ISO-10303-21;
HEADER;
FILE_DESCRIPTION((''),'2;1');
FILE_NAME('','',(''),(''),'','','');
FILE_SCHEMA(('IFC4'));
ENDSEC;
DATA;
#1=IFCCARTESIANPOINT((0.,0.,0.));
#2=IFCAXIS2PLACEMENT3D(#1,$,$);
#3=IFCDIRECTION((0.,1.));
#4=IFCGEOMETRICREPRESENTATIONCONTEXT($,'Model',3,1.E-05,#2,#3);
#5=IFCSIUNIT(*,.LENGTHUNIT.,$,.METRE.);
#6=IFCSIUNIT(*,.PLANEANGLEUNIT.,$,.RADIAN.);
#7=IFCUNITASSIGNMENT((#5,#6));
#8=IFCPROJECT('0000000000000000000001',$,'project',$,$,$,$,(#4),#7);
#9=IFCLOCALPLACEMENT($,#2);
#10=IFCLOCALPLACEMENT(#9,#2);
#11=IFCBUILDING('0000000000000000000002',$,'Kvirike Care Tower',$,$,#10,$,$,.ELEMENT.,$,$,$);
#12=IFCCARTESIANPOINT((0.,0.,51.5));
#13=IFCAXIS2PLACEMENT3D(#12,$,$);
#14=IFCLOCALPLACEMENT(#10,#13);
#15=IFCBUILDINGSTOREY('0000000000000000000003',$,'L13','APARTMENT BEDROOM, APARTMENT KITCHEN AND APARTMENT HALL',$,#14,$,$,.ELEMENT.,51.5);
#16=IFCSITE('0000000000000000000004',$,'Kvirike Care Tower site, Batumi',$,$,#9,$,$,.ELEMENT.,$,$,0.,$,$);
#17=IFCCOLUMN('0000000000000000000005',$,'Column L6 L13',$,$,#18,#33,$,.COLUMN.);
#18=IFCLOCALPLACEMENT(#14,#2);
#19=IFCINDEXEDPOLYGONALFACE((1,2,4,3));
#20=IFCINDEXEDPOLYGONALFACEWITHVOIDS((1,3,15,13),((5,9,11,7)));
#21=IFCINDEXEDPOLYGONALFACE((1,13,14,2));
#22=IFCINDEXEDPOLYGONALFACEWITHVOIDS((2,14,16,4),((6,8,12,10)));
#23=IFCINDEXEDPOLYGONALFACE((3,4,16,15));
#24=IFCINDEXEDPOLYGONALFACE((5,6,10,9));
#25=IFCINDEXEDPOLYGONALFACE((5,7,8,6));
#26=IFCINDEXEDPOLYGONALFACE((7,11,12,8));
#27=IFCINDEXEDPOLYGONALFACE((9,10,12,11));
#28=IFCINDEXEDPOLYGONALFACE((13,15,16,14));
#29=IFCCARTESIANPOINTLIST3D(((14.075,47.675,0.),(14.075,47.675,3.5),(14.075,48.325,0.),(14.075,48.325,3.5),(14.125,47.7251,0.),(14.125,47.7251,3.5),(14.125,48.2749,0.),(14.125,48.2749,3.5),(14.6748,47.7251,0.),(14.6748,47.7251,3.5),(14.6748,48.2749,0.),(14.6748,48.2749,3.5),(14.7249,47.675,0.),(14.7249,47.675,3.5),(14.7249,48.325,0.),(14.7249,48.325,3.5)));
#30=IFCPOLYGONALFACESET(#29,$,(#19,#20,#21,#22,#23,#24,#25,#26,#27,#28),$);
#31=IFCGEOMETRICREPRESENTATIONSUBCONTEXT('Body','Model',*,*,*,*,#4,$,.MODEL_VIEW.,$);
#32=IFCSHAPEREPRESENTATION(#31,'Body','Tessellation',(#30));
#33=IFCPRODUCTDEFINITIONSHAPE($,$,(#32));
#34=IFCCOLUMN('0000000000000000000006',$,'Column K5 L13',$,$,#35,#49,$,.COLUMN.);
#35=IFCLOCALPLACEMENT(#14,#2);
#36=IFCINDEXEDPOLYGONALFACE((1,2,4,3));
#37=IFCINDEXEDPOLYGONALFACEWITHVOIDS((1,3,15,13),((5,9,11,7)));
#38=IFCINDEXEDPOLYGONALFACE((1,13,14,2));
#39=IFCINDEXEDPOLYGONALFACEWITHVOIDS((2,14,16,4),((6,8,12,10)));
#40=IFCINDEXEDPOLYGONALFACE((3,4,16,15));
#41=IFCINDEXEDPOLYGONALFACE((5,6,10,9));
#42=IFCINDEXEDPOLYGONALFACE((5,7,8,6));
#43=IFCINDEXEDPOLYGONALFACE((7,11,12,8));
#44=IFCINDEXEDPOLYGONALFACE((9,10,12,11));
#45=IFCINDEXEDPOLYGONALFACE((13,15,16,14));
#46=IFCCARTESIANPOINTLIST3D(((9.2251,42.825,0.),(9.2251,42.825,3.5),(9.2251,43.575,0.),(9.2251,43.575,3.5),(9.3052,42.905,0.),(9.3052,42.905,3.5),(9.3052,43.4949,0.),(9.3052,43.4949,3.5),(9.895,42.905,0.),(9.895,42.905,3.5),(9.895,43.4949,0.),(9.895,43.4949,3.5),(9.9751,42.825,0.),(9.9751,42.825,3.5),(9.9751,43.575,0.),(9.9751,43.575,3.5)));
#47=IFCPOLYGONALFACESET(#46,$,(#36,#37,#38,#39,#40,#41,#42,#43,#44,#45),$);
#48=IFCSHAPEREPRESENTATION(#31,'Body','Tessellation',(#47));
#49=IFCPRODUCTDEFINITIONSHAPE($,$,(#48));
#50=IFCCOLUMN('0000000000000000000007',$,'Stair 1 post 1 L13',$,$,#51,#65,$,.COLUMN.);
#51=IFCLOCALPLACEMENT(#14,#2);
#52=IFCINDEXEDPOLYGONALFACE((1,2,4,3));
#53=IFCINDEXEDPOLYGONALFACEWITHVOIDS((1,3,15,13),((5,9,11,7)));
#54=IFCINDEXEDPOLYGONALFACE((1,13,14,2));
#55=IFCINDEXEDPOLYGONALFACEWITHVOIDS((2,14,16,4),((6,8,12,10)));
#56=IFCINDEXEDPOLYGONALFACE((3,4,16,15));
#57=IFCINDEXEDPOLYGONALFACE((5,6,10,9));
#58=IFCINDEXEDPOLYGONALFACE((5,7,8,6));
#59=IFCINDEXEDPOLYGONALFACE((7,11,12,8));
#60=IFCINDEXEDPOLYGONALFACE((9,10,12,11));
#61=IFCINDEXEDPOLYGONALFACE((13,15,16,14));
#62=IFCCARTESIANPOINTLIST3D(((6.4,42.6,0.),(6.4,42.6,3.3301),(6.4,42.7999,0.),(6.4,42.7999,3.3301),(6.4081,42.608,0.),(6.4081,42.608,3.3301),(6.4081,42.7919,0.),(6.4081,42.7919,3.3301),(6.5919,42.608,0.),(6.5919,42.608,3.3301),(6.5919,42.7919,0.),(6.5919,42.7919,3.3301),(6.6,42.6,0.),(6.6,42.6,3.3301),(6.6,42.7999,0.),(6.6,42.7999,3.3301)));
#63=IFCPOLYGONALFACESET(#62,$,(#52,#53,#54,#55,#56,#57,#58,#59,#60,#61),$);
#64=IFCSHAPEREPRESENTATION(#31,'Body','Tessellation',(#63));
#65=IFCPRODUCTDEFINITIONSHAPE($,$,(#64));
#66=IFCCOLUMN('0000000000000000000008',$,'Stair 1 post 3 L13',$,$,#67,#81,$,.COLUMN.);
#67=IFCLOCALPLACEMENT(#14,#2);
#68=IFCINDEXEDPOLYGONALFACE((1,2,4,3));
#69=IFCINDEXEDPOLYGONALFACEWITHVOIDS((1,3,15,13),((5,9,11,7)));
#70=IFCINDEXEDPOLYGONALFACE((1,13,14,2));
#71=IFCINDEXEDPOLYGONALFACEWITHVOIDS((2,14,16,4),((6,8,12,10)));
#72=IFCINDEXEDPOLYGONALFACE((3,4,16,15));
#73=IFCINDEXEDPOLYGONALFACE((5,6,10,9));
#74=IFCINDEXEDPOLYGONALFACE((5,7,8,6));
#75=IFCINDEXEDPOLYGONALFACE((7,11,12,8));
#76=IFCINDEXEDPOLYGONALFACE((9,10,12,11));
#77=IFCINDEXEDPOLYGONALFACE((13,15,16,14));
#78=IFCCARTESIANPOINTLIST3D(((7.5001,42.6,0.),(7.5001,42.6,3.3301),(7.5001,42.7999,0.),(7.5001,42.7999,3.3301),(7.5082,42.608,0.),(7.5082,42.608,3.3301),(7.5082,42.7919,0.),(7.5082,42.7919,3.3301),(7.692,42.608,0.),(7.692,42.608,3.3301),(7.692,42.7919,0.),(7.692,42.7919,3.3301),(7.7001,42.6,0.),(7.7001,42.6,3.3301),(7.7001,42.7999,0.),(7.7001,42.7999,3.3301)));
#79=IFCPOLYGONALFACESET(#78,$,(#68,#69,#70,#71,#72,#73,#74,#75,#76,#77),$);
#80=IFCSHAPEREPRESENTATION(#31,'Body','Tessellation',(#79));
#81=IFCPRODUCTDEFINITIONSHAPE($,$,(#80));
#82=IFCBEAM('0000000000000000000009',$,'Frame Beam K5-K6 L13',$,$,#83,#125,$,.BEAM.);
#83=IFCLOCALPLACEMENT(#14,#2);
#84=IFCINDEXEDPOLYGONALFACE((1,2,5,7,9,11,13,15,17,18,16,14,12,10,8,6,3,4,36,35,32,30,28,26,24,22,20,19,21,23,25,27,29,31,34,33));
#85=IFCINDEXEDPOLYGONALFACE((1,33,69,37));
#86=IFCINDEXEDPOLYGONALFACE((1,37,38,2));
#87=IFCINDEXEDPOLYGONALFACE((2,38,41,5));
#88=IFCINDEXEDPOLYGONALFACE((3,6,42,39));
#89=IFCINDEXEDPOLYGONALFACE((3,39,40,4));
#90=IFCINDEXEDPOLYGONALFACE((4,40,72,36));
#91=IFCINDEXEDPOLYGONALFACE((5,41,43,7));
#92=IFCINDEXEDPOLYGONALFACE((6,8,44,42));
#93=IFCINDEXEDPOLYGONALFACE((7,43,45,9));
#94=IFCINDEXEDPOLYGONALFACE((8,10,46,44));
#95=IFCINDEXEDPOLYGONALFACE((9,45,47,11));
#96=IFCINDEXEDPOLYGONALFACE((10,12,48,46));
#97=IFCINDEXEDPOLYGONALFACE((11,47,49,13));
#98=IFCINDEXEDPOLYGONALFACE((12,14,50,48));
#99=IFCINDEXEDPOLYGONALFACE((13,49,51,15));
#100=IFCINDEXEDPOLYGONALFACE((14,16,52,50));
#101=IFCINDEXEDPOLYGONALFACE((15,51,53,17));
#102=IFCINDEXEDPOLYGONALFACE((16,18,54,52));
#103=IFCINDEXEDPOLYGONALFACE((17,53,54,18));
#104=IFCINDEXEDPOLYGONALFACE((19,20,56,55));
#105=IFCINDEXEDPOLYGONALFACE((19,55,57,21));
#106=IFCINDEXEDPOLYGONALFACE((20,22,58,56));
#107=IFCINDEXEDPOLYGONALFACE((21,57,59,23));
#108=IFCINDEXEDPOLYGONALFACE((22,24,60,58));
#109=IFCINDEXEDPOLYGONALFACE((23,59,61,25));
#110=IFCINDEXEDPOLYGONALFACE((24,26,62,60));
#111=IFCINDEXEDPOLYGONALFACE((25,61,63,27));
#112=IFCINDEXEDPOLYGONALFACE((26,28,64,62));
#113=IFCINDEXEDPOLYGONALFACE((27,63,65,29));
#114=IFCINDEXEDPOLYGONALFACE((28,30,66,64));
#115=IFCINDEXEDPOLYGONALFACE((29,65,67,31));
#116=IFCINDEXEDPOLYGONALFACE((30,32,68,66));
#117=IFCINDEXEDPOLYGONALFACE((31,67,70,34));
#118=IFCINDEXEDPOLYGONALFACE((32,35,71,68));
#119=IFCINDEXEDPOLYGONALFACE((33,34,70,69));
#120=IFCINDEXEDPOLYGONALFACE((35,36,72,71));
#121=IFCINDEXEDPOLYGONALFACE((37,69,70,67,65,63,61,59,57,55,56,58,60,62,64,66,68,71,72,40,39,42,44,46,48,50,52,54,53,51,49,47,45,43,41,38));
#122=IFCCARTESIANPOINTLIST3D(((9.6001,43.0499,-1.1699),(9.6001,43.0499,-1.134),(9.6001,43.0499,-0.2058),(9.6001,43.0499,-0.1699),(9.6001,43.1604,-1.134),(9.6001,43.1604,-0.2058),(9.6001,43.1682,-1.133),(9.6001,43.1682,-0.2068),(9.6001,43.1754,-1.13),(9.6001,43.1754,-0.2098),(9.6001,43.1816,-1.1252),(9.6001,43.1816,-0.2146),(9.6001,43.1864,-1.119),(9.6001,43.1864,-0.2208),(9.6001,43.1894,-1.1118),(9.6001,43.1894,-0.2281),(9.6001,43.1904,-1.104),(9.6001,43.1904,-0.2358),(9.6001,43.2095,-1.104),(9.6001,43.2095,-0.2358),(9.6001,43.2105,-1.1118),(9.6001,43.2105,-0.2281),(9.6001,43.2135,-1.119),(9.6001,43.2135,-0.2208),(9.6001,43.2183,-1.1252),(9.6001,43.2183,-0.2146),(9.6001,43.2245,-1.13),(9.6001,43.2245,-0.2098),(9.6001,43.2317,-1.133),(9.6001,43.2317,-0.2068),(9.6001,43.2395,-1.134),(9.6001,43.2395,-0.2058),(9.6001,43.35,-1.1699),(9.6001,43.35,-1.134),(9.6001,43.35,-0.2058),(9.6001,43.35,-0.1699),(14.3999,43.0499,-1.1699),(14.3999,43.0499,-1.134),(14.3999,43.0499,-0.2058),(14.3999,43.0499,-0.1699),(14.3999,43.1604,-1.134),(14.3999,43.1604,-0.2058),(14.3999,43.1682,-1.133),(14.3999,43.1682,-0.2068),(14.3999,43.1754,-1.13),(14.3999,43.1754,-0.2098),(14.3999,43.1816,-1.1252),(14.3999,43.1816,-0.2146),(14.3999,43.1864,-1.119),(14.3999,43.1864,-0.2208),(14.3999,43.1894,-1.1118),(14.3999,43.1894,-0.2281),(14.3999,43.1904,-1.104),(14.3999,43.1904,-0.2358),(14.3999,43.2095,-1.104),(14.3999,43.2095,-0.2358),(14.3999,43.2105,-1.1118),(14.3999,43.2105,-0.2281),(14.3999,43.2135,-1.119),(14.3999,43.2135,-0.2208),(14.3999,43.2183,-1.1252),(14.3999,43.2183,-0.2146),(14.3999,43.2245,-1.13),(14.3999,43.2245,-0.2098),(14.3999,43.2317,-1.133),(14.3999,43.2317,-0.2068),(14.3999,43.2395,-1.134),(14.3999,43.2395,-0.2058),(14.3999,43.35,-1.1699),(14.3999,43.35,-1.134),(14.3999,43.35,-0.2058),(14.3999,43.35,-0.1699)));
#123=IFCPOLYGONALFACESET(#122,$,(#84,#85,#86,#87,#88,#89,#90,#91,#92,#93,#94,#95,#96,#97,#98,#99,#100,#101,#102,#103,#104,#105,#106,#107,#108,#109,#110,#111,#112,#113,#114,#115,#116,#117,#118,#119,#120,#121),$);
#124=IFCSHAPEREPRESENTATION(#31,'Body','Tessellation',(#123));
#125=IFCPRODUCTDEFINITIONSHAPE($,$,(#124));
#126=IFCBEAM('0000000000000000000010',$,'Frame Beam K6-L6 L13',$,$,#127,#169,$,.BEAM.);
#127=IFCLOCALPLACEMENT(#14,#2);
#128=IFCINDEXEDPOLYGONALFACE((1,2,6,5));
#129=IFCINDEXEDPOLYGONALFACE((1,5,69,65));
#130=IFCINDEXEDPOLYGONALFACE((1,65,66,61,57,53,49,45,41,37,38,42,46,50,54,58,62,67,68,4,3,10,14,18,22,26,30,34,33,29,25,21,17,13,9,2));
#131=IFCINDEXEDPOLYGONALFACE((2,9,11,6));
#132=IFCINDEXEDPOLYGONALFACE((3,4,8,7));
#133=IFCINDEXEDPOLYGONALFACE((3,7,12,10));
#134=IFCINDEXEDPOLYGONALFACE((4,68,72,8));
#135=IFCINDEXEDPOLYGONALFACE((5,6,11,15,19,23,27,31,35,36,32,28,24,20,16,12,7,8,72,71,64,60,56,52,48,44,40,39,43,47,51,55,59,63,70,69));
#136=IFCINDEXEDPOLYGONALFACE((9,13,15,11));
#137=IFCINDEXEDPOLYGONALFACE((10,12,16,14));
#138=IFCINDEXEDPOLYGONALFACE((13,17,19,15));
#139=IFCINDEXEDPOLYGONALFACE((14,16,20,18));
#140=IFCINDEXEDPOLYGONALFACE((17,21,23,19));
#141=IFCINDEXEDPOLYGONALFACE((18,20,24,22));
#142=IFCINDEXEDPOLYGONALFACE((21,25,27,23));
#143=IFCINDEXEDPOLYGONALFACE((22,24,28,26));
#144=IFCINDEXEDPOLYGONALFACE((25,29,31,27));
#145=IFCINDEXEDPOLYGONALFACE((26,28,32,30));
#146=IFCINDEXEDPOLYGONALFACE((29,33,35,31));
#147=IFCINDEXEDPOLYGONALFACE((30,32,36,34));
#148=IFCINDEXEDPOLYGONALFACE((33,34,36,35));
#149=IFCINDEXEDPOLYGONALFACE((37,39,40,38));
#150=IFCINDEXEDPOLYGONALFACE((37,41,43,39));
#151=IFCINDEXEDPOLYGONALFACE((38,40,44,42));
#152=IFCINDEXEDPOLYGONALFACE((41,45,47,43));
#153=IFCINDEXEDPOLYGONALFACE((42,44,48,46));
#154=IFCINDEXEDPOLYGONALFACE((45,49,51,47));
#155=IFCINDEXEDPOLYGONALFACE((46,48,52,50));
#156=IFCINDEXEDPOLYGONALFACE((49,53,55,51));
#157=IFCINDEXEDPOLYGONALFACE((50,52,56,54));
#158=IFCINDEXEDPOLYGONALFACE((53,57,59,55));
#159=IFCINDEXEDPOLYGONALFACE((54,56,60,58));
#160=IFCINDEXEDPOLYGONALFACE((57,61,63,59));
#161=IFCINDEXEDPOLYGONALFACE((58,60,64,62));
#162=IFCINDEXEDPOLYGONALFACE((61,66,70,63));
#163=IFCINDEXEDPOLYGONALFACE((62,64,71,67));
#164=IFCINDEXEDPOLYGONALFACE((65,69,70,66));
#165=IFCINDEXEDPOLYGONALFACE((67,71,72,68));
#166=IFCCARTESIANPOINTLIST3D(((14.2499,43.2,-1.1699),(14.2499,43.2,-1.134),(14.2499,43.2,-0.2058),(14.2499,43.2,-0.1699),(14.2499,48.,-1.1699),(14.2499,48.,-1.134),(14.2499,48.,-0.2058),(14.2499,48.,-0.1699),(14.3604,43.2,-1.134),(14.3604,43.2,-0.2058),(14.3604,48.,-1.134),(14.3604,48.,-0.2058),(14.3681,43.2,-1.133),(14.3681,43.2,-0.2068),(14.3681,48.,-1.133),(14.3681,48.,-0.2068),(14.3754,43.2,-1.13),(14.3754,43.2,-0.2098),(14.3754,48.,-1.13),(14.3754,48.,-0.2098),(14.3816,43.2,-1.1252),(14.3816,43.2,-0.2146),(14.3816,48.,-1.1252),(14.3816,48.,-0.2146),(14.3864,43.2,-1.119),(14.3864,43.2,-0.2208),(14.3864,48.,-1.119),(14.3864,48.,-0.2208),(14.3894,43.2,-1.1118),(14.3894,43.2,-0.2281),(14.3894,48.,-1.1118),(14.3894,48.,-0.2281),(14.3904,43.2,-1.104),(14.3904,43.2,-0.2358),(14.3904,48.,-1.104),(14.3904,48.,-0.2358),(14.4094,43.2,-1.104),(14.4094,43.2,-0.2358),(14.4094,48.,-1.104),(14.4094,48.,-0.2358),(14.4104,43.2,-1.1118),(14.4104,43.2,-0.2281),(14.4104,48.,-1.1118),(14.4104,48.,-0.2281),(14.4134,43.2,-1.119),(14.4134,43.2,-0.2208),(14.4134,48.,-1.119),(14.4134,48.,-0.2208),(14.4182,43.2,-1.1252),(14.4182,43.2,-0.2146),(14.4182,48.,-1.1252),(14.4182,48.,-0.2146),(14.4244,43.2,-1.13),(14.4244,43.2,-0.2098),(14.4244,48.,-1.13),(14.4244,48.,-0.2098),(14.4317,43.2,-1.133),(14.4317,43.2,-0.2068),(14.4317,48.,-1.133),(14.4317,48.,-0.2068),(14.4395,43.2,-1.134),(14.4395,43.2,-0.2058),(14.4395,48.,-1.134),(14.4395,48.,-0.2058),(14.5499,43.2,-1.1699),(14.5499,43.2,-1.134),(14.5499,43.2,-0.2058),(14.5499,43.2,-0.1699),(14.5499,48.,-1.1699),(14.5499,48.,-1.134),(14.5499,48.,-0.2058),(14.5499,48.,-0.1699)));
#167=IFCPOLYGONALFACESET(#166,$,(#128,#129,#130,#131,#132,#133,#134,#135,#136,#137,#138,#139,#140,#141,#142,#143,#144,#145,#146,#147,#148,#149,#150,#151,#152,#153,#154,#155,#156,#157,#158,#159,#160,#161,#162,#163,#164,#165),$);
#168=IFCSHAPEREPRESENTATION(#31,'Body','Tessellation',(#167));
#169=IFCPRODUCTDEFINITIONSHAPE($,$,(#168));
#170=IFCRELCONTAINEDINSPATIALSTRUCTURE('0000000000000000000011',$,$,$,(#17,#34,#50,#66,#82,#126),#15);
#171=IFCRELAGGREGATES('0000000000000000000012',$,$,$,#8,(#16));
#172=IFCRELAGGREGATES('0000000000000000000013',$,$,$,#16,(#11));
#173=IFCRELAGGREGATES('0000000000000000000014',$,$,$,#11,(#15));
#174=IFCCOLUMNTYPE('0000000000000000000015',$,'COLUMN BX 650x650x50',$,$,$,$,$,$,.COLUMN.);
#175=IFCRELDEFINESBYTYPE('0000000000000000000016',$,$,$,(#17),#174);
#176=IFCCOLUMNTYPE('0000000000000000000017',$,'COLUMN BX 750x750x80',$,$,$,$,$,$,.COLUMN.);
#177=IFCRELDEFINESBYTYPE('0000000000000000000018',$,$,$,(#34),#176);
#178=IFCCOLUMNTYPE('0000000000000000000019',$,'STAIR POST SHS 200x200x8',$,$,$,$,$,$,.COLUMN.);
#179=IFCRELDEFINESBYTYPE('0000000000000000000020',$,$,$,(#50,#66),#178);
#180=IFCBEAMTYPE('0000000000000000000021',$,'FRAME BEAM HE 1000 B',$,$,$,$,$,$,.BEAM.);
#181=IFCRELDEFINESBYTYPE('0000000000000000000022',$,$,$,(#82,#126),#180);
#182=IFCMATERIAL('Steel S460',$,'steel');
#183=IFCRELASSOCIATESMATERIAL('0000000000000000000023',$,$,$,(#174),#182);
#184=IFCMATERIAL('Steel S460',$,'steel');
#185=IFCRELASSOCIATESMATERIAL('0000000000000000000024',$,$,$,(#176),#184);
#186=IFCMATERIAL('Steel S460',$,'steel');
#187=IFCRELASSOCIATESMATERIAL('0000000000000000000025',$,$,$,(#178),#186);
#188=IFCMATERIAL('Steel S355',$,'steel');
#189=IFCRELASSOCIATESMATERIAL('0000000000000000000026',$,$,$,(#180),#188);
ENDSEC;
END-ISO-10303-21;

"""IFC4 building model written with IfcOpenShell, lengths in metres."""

from ifc_helpers import new_model, si_unit, direction, frame, origin, origin_2d, place, context, subcontext, project, spatial, hollow_rectangle, i_section, extrude, material, material_profile, profile_set, type_object, element, save


model = new_model("IFC4")

# Units and contexts
model_context = context("Model", 3, precision=1e-05, world=origin(), true_north=direction((0.0, 1.0)))
body_context = subcontext(model_context, "Body", "Model", "MODEL_VIEW")
ifc_project = project(units=[si_unit("LENGTHUNIT", "METRE"), si_unit("PLANEANGLEUNIT", "RADIAN")], contexts=[model_context])

# Site, building, storey
site_placement = place(None, origin())
site = spatial("IfcSite", under=ifc_project, at=site_placement, Name="Kvirike Care Tower site, Batumi", CompositionType="ELEMENT", RefElevation=0.0)
building_placement = place(site_placement, origin())
building = spatial("IfcBuilding", under=site, at=building_placement, Name="Kvirike Care Tower", CompositionType="ELEMENT")
storey_placement = place(building_placement, frame((0.0, 0.0, 51.5)))
storey = spatial("IfcBuildingStorey", under=building, at=storey_placement, Name="L13", Description="APARTMENT BEDROOM, APARTMENT KITCHEN AND APARTMENT HALL", CompositionType="ELEMENT", Elevation=51.5)

# Columns
ifc_material_1 = material(Name="Steel S460", Category="steel")
ifc_material_profile_1 = material_profile(ifc_material_1, hollow_rectangle(XDim=0.6499, YDim=0.6499, WallThickness=0.05, at=origin_2d()), Name="BX 650x650x50")
ifc_profile_set_1 = profile_set([ifc_material_profile_1], Name="Steel S460")
column_type_1 = type_object("IfcColumnType", Name="COLUMN BX 650x650x50", PredefinedType="COLUMN", material=ifc_profile_set_1)
column_1_placement = place(storey_placement, frame((14.3999, 48.0, 0.0), z_axis=(0.0, 0.0, 1.0), x_axis=(1.0, 0.0, 0.0)))
element("IfcColumn", 1, at=column_1_placement, inside=storey, type_object=column_type_1, Name="Column L6 L13", PredefinedType="COLUMN", context=body_context, shape_type="SweptSolid", body=[
    extrude(hollow_rectangle(XDim=0.6499, YDim=0.6499, WallThickness=0.05, at=origin_2d()), origin(), (0.0, 0.0, 1.0), 3.5),
])
ifc_material_2 = material(Name="Steel S460", Category="steel")
ifc_material_profile_2 = material_profile(ifc_material_2, hollow_rectangle(XDim=0.75, YDim=0.75, WallThickness=0.0801, at=origin_2d()), Name="BX 750x750x80")
ifc_profile_set_2 = profile_set([ifc_material_profile_2], Name="Steel S460")
column_type_2 = type_object("IfcColumnType", Name="COLUMN BX 750x750x80", PredefinedType="COLUMN", material=ifc_profile_set_2)
column_2_placement = place(storey_placement, frame((9.6001, 43.2, 0.0), z_axis=(0.0, 0.0, 1.0), x_axis=(0.0, 1.0, 0.0)))
element("IfcColumn", 2, at=column_2_placement, inside=storey, type_object=column_type_2, Name="Column K5 L13", PredefinedType="COLUMN", context=body_context, shape_type="SweptSolid", body=[
    extrude(hollow_rectangle(XDim=0.75, YDim=0.75, WallThickness=0.0801, at=origin_2d()), origin(), (0.0, 0.0, 1.0), 3.5),
])
ifc_material_3 = material(Name="Steel S460", Category="steel")
ifc_material_profile_3 = material_profile(ifc_material_3, hollow_rectangle(XDim=0.2, YDim=0.2, WallThickness=0.0081, at=origin_2d()), Name="SHS 200x200x8")
ifc_profile_set_3 = profile_set([ifc_material_profile_3], Name="Steel S460")
column_type_3 = type_object("IfcColumnType", Name="STAIR POST SHS 200x200x8", PredefinedType="COLUMN", material=ifc_profile_set_3)
for number, where, z_axis, x_axis, name in (
    (3, (6.5, 42.7, 0.0), (0.0, 0.0, 1.0), (1.0, 0.0, 0.0), "Stair 1 post 1 L13"),
    (4, (7.6001, 42.7, 0.0), (0.0, 0.0, 1.0), (1.0, 0.0, 0.0), "Stair 1 post 3 L13"),
):
    element("IfcColumn", number, at=place(storey_placement, frame(where, z_axis=z_axis, x_axis=x_axis)), inside=storey, type_object=column_type_3, Name=name, PredefinedType="COLUMN", context=body_context, shape_type="SweptSolid", body=[
        extrude(hollow_rectangle(XDim=0.2, YDim=0.2, WallThickness=0.0081, at=origin_2d()), origin(), (0.0, 0.0, 1.0), 3.3301),
    ])

# Beams
ifc_material_4 = material(Name="Steel S355", Category="steel")
ifc_material_profile_4 = material_profile(ifc_material_4, i_section(OverallWidth=0.3, OverallDepth=1.0, WebThickness=0.019, FlangeThickness=0.0359, FilletRadius=0.03, at=origin_2d()), Name="HE 1000 B")
ifc_profile_set_4 = profile_set([ifc_material_profile_4], Name="Steel S355")
beam_type_1 = type_object("IfcBeamType", Name="FRAME BEAM HE 1000 B", PredefinedType="BEAM", material=ifc_profile_set_4)
beam_1_placement = place(storey_placement, frame((9.6001, 43.2, -0.6699), z_axis=(1.0, 0.0, 0.0), x_axis=(0.0, 1.0, 0.0)))
element("IfcBeam", 5, at=beam_1_placement, inside=storey, type_object=beam_type_1, Name="Frame Beam K5-K6 L13", PredefinedType="BEAM", context=body_context, shape_type="SweptSolid", body=[
    extrude(i_section(OverallWidth=0.3, OverallDepth=1.0, WebThickness=0.019, FlangeThickness=0.0359, FilletRadius=0.03, at=origin_2d()), origin(), (0.0, 0.0, 1.0), 4.7998),
])
beam_2_placement = place(storey_placement, frame((14.3999, 43.2, -0.6699), z_axis=(0.0, 1.0, 0.0), x_axis=(-1.0, 0.0, 0.0)))
element("IfcBeam", 6, at=beam_2_placement, inside=storey, type_object=beam_type_1, Name="Frame Beam K6-L6 L13", PredefinedType="BEAM", context=body_context, shape_type="SweptSolid", body=[
    extrude(i_section(OverallWidth=0.3, OverallDepth=1.0, WebThickness=0.019, FlangeThickness=0.0359, FilletRadius=0.03, at=origin_2d()), origin(), (0.0, 0.0, 1.0), 4.8),
])

save(model, "model.ifc")
